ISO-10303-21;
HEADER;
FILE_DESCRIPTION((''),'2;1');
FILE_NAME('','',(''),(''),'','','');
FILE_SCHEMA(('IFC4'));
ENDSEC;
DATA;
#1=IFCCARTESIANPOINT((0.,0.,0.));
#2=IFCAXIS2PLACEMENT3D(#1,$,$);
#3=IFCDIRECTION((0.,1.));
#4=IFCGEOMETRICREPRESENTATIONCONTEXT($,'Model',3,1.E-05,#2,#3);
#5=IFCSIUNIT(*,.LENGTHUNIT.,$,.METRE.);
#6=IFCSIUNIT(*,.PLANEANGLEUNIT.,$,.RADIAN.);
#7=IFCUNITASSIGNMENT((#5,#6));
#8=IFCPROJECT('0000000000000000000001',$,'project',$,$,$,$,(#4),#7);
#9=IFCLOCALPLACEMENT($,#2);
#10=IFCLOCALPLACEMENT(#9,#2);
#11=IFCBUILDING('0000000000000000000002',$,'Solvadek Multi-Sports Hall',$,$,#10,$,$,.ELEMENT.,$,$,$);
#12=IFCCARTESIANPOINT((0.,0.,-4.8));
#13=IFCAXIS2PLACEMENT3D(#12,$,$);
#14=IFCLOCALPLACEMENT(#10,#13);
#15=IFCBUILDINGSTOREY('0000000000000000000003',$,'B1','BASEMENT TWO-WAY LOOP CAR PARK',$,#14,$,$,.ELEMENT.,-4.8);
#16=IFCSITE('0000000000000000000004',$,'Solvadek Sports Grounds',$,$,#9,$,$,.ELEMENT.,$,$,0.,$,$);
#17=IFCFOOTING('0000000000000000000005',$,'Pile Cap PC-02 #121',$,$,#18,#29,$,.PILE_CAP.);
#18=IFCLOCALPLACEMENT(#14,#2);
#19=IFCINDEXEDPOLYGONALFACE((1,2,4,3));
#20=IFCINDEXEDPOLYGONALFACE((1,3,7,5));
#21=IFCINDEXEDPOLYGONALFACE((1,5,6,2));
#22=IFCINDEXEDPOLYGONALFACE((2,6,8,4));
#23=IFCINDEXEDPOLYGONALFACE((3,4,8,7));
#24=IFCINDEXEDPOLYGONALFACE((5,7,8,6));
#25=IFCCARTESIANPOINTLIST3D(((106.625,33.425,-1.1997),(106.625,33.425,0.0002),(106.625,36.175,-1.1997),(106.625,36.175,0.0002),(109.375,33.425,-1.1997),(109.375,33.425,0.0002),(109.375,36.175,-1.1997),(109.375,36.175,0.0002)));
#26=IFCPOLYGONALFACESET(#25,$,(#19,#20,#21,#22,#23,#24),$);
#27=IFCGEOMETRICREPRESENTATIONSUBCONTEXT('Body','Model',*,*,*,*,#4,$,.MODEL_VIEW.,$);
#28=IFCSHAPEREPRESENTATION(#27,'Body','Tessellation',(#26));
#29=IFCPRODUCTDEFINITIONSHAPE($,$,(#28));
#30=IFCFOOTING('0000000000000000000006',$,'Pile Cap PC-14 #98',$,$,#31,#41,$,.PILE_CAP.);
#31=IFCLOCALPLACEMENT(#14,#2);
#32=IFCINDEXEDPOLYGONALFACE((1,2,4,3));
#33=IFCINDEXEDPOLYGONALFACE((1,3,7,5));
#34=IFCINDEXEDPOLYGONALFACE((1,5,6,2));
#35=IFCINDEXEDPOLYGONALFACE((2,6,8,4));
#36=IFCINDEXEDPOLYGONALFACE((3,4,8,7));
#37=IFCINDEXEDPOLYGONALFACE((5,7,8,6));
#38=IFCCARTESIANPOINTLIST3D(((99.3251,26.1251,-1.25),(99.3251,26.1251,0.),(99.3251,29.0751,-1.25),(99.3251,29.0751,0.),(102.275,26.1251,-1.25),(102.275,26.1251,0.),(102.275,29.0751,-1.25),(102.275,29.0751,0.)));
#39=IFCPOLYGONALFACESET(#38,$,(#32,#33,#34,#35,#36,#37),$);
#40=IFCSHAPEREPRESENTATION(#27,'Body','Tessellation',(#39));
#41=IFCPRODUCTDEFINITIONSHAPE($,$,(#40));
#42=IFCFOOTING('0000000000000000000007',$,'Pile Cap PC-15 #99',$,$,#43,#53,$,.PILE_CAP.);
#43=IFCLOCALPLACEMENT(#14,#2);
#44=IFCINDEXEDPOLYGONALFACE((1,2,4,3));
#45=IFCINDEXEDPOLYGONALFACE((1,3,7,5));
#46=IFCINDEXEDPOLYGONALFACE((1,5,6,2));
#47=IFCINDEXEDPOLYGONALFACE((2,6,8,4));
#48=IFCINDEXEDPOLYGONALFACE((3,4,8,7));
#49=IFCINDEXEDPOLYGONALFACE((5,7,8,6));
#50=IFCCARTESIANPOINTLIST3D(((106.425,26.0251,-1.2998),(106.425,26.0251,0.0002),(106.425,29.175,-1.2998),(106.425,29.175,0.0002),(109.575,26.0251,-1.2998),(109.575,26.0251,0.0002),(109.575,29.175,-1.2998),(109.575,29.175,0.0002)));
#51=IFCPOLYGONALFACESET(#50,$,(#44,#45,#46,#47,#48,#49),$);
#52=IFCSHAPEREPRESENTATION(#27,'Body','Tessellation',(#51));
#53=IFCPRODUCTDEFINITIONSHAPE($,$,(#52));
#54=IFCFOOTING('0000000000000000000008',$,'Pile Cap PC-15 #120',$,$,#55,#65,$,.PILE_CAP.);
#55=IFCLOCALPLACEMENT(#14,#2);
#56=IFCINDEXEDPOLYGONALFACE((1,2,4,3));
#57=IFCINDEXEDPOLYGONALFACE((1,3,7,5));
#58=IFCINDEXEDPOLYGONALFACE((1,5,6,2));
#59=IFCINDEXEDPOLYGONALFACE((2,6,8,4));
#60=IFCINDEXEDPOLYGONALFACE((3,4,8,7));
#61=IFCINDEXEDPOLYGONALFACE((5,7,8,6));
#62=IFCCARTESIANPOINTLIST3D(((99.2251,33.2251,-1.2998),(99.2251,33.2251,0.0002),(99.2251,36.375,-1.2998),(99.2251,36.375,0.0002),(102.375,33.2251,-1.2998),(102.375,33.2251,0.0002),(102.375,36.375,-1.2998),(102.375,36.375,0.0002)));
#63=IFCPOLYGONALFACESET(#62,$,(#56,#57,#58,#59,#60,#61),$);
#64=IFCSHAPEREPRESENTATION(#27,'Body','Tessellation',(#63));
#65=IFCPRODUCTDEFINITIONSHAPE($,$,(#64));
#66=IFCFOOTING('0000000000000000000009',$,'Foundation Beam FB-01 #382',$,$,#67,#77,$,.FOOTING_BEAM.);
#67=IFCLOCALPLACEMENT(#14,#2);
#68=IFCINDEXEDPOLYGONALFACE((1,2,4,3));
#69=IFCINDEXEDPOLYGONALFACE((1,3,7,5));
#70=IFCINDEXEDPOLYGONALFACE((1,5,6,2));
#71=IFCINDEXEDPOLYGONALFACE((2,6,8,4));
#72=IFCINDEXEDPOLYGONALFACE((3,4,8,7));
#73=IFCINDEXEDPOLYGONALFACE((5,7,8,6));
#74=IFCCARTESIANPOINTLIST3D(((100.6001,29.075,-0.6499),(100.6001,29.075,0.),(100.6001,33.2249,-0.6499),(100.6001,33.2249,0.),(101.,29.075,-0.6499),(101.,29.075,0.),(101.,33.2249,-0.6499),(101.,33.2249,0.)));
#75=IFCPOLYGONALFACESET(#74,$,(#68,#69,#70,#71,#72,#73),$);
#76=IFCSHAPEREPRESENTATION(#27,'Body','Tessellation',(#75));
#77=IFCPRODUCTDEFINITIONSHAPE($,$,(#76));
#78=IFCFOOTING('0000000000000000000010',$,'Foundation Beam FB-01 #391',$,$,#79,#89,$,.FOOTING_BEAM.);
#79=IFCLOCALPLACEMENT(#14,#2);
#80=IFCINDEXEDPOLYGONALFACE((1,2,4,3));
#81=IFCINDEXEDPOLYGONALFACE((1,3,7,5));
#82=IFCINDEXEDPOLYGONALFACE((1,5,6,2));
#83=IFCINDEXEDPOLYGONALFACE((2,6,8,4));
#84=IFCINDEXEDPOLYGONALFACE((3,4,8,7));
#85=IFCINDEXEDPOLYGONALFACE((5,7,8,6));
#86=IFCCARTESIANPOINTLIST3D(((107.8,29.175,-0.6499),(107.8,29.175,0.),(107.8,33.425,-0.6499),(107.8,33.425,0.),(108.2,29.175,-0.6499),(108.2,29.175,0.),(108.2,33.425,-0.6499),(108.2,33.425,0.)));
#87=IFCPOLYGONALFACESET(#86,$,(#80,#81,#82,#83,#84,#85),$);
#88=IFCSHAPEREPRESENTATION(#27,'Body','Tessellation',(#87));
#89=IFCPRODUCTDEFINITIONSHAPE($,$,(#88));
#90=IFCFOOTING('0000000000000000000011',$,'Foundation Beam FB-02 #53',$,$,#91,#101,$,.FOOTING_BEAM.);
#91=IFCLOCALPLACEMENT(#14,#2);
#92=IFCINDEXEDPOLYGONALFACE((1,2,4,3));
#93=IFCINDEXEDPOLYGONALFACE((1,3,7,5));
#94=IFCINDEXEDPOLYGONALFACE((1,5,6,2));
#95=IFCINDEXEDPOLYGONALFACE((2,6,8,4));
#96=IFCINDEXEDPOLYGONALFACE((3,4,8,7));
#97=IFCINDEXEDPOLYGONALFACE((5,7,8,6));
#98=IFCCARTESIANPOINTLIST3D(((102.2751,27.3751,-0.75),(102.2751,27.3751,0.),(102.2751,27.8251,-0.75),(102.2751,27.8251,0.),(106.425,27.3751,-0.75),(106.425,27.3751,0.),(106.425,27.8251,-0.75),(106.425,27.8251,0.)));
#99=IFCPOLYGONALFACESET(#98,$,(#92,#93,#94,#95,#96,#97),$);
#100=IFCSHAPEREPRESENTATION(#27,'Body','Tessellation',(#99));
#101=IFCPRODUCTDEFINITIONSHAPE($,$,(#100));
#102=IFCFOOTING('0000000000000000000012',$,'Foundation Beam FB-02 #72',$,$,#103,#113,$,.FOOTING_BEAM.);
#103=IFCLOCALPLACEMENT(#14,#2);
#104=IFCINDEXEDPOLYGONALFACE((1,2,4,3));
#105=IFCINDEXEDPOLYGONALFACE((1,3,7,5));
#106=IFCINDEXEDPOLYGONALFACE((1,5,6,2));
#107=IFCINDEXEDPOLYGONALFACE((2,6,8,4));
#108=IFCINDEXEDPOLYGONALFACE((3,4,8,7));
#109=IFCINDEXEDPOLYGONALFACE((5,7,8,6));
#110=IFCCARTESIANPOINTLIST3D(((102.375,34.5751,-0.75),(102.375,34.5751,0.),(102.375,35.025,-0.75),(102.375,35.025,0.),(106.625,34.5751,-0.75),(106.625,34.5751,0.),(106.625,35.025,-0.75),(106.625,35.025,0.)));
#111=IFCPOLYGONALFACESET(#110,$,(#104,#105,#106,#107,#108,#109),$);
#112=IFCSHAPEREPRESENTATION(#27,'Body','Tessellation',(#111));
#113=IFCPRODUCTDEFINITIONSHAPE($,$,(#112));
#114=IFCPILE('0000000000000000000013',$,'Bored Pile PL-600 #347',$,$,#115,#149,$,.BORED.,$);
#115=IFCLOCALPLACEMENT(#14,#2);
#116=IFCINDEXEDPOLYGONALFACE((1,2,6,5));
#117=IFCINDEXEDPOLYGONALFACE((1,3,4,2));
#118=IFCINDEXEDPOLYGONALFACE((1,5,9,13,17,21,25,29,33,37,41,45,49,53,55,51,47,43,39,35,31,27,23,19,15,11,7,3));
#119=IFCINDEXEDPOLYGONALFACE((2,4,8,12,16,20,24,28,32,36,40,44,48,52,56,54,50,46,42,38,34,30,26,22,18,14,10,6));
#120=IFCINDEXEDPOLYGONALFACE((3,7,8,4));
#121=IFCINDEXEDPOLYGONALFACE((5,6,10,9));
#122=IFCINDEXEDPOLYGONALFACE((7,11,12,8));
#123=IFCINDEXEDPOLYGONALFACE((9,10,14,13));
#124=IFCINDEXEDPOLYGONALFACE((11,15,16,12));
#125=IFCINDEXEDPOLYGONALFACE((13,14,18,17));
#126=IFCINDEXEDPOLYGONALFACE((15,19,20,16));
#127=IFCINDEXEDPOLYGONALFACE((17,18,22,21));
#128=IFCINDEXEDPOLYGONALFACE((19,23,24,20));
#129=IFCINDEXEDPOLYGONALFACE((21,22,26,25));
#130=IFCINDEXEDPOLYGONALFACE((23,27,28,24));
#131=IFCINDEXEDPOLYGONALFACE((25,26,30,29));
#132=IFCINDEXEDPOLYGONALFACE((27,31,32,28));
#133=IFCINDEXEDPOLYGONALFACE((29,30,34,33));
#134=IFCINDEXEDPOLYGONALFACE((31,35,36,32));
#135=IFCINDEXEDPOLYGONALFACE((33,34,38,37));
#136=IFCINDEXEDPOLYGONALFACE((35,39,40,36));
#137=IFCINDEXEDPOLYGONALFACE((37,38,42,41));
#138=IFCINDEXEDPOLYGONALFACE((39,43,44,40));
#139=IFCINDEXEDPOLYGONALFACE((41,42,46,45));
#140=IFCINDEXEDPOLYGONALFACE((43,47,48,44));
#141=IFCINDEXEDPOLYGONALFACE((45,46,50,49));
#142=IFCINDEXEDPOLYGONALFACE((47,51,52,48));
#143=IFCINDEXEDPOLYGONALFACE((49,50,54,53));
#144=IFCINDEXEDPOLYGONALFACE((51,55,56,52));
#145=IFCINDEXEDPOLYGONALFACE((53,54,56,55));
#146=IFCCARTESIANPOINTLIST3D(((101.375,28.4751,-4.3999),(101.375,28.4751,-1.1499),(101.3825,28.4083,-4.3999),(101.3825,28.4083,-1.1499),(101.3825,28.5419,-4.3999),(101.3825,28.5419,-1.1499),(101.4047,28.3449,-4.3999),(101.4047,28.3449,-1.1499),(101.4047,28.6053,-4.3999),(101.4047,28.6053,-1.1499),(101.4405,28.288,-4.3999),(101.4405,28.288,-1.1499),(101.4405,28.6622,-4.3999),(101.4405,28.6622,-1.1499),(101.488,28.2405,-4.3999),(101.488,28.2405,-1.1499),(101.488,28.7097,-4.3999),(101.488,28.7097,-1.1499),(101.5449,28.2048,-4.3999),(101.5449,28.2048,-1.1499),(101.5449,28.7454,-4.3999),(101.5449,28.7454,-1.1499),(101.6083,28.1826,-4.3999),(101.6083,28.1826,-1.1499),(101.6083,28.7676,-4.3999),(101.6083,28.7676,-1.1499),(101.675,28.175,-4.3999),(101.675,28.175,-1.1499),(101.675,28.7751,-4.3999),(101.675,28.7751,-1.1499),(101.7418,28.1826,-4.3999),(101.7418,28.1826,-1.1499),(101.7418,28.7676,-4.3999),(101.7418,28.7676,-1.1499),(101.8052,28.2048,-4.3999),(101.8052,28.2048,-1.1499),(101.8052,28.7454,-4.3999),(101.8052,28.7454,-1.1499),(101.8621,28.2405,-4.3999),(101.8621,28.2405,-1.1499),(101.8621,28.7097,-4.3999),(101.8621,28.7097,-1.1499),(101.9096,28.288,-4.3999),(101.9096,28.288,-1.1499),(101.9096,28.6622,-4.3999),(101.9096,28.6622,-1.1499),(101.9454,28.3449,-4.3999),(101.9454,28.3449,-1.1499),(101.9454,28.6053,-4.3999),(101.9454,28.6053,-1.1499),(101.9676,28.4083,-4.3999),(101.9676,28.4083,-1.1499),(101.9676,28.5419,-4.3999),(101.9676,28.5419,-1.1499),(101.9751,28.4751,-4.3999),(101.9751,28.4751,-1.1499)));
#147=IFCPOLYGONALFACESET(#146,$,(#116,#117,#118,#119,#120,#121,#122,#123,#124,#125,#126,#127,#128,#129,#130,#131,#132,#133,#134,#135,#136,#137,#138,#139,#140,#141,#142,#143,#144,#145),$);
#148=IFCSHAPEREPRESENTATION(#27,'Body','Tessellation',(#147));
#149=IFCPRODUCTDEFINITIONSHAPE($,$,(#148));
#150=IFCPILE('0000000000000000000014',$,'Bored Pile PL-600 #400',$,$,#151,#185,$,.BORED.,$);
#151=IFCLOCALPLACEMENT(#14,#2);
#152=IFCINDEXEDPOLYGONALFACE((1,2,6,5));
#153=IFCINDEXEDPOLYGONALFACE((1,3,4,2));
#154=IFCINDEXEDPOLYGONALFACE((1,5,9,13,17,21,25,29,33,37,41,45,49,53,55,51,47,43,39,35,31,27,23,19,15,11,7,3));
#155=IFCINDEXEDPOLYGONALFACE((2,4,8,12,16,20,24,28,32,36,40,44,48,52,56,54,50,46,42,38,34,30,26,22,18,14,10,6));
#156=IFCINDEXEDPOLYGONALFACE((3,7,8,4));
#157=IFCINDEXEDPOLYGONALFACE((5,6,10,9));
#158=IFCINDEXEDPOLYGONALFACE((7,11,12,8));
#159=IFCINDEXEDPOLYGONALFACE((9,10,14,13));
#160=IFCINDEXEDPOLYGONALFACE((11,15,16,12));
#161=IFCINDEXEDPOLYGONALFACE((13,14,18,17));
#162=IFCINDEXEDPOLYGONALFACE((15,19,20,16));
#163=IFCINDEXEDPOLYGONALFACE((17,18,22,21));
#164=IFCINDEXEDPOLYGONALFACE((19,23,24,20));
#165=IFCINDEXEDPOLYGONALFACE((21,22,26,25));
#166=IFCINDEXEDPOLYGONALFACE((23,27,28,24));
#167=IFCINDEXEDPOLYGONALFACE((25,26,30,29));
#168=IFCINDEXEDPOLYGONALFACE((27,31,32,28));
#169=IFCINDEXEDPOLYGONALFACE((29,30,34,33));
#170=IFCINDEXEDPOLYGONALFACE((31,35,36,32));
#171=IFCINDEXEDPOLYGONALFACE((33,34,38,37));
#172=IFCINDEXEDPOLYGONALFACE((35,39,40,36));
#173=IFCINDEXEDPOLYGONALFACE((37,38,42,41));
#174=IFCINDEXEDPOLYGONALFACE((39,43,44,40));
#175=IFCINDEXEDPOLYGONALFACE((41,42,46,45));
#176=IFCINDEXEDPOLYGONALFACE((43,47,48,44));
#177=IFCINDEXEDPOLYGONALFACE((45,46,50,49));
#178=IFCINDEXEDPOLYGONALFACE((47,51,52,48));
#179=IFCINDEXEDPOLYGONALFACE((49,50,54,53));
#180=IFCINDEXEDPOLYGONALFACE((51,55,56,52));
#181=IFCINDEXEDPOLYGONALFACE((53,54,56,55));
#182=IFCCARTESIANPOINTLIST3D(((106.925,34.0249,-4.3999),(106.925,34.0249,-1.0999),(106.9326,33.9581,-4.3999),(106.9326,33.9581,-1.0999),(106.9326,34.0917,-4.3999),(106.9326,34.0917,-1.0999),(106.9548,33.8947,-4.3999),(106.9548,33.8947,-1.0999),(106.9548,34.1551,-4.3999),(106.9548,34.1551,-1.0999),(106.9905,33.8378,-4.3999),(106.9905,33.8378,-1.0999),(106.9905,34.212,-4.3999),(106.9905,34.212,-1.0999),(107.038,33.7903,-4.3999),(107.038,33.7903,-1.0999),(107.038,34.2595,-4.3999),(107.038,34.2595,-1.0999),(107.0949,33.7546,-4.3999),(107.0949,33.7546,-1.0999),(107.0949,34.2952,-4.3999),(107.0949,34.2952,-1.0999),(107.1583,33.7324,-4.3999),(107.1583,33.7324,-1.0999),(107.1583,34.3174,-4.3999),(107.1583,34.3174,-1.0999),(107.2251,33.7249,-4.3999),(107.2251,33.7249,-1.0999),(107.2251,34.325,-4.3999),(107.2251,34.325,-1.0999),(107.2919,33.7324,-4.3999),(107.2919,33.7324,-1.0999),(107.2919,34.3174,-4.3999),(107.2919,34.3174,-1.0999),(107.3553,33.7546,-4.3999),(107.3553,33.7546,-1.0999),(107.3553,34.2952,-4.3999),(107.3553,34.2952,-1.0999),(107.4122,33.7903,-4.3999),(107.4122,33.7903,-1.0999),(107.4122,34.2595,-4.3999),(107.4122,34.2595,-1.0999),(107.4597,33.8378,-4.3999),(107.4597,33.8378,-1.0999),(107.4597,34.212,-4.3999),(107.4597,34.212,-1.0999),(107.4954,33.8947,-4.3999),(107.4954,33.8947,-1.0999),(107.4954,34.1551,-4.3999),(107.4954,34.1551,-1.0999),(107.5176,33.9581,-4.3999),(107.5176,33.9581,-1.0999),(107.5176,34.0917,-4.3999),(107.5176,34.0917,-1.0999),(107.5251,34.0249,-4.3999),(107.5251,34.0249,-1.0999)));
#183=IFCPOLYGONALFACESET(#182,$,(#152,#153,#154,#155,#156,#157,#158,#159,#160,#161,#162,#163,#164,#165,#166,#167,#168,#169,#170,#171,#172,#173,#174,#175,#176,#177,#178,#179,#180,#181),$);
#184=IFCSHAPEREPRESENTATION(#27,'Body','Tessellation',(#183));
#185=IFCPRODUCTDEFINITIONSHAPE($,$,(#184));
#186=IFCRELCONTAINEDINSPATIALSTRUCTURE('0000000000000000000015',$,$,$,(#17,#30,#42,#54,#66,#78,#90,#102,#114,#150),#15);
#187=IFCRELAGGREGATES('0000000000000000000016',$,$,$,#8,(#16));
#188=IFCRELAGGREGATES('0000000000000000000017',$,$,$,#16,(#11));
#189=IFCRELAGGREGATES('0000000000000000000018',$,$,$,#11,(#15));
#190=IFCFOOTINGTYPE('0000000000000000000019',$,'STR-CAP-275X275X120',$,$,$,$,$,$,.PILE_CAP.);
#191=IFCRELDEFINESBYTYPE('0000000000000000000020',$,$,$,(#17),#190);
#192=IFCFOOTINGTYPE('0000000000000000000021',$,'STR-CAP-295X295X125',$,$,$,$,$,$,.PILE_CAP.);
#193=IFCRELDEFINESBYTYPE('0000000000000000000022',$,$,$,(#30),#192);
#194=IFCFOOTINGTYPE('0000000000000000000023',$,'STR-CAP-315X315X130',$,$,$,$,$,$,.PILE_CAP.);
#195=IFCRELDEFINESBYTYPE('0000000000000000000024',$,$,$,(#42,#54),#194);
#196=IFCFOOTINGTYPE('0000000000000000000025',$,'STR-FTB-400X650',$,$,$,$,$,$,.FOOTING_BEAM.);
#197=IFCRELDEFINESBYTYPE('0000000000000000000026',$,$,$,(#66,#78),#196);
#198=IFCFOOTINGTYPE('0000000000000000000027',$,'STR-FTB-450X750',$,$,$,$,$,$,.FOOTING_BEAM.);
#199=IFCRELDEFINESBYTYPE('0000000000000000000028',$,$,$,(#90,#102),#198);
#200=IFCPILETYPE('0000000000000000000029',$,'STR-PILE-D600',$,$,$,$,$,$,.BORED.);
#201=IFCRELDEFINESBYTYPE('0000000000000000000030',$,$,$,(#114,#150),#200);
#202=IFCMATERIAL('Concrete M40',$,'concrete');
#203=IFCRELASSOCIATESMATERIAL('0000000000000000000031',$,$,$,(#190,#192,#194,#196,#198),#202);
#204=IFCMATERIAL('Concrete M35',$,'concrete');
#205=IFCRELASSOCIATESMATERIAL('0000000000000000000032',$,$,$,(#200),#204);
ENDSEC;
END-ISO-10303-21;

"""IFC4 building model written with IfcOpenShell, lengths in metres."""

from ifc_helpers import new_model, si_unit, direction, frame, origin, origin_2d, place, context, subcontext, project, spatial, rectangle, circle, extrude, material, material_profile, profile_set, type_object, element, save


model = new_model("IFC4")

# Units and contexts
model_context = context("Model", 3, precision=1e-05, world=origin(), true_north=direction((0.0, 1.0)))
body_context = subcontext(model_context, "Body", "Model", "MODEL_VIEW")
ifc_project = project(units=[si_unit("LENGTHUNIT", "METRE"), si_unit("PLANEANGLEUNIT", "RADIAN")], contexts=[model_context])

# Site, building, storey
site_placement = place(None, origin())
site = spatial("IfcSite", under=ifc_project, at=site_placement, Name="Solvadek Sports Grounds", CompositionType="ELEMENT", RefElevation=0.0)
building_placement = place(site_placement, origin())
building = spatial("IfcBuilding", under=site, at=building_placement, Name="Solvadek Multi-Sports Hall", CompositionType="ELEMENT")
storey_placement = place(building_placement, frame((0.0, 0.0, -4.8)))
storey = spatial("IfcBuildingStorey", under=building, at=storey_placement, Name="B1", Description="BASEMENT TWO-WAY LOOP CAR PARK", CompositionType="ELEMENT", Elevation=-4.8)

# Footings
ifc_material_1 = material(Name="Concrete M40", Category="concrete")
footing_type_1 = type_object("IfcFootingType", Name="STR-CAP-275X275X120", PredefinedType="PILE_CAP", material=ifc_material_1)
footing_1_placement = place(storey_placement, frame((108.0, 34.8, -1.1997), z_axis=(0.0, 0.0, 1.0), x_axis=(1.0, 0.0, 0.0)))
element("IfcFooting", 1, at=footing_1_placement, inside=storey, type_object=footing_type_1, Name="Pile Cap PC-02 #121", PredefinedType="PILE_CAP", context=body_context, shape_type="SweptSolid", body=[
    extrude(rectangle(XDim=2.75, YDim=2.75, at=origin_2d()), origin(), (0.0, 0.0, 1.0), 1.2),
])
footing_type_2 = type_object("IfcFootingType", Name="STR-CAP-295X295X125", PredefinedType="PILE_CAP", material=ifc_material_1)
footing_2_placement = place(storey_placement, frame((100.8, 27.6001, -1.25), z_axis=(0.0, 0.0, 1.0), x_axis=(1.0, 0.0, 0.0)))
element("IfcFooting", 2, at=footing_2_placement, inside=storey, type_object=footing_type_2, Name="Pile Cap PC-14 #98", PredefinedType="PILE_CAP", context=body_context, shape_type="SweptSolid", body=[
    extrude(rectangle(XDim=2.95, YDim=2.95, at=origin_2d()), origin(), (0.0, 0.0, 1.0), 1.25),
])
footing_type_3 = type_object("IfcFootingType", Name="STR-CAP-315X315X130", PredefinedType="PILE_CAP", material=ifc_material_1)
for number, where, z_axis, x_axis, name in (
    (3, (108.0, 27.6001, -1.2998), (0.0, 0.0, 1.0), (1.0, 0.0, 0.0), "Pile Cap PC-15 #99"),
    (4, (100.8, 34.8, -1.2998), (0.0, 0.0, 1.0), (1.0, 0.0, 0.0), "Pile Cap PC-15 #120"),
):
    element("IfcFooting", number, at=place(storey_placement, frame(where, z_axis=z_axis, x_axis=x_axis)), inside=storey, type_object=footing_type_3, Name=name, PredefinedType="PILE_CAP", context=body_context, shape_type="SweptSolid", body=[
        extrude(rectangle(XDim=3.1499, YDim=3.1499, at=origin_2d()), origin(), (0.0, 0.0, 1.0), 1.3),
    ])
footing_type_4 = type_object("IfcFootingType", Name="STR-FTB-400X650", PredefinedType="FOOTING_BEAM", material=ifc_material_1)
footing_3_placement = place(storey_placement, frame((100.8, 31.1499, -0.6499), z_axis=(0.0, 0.0, 1.0), x_axis=(0.0, 1.0, 0.0)))
element("IfcFooting", 5, at=footing_3_placement, inside=storey, type_object=footing_type_4, Name="Foundation Beam FB-01 #382", PredefinedType="FOOTING_BEAM", context=body_context, shape_type="SweptSolid", body=[
    extrude(rectangle(XDim=4.1499, YDim=0.3999, at=origin_2d()), origin(), (0.0, 0.0, 1.0), 0.6499),
])
footing_4_placement = place(storey_placement, frame((108.0, 31.3, -0.6499), z_axis=(0.0, 0.0, 1.0), x_axis=(0.0, 1.0, 0.0)))
element("IfcFooting", 6, at=footing_4_placement, inside=storey, type_object=footing_type_4, Name="Foundation Beam FB-01 #391", PredefinedType="FOOTING_BEAM", context=body_context, shape_type="SweptSolid", body=[
    extrude(rectangle(XDim=4.25, YDim=0.3999, at=origin_2d()), origin(), (0.0, 0.0, 1.0), 0.6499),
])
footing_type_5 = type_object("IfcFootingType", Name="STR-FTB-450X750", PredefinedType="FOOTING_BEAM", material=ifc_material_1)
footing_5_placement = place(storey_placement, frame((104.3501, 27.6001, -0.75), z_axis=(0.0, 0.0, 1.0), x_axis=(1.0, 0.0, 0.0)))
element("IfcFooting", 7, at=footing_5_placement, inside=storey, type_object=footing_type_5, Name="Foundation Beam FB-02 #53", PredefinedType="FOOTING_BEAM", context=body_context, shape_type="SweptSolid", body=[
    extrude(rectangle(XDim=4.1499, YDim=0.45, at=origin_2d()), origin(), (0.0, 0.0, 1.0), 0.75),
])
footing_6_placement = place(storey_placement, frame((104.5, 34.8, -0.75), z_axis=(0.0, 0.0, 1.0), x_axis=(1.0, 0.0, 0.0)))
element("IfcFooting", 8, at=footing_6_placement, inside=storey, type_object=footing_type_5, Name="Foundation Beam FB-02 #72", PredefinedType="FOOTING_BEAM", context=body_context, shape_type="SweptSolid", body=[
    extrude(rectangle(XDim=4.25, YDim=0.45, at=origin_2d()), origin(), (0.0, 0.0, 1.0), 0.75),
])

# Piles
ifc_material_2 = material(Name="Concrete M35", Category="concrete")
ifc_material_profile_1 = material_profile(ifc_material_2, circle(Radius=0.3, at=origin_2d()), Name="BORED PILE D600")
ifc_profile_set_1 = profile_set([ifc_material_profile_1], Name="Concrete M35")
pile_type_1 = type_object("IfcPileType", Name="STR-PILE-D600", PredefinedType="BORED", material=ifc_profile_set_1)
pile_1_placement = place(storey_placement, frame((101.675, 28.4751, -1.1499), z_axis=(0.0, 0.0, -1.0), x_axis=(1.0, 0.0, 0.0)))
element("IfcPile", 9, at=pile_1_placement, inside=storey, type_object=pile_type_1, Name="Bored Pile PL-600 #347", PredefinedType="BORED", context=body_context, shape_type="SweptSolid", body=[
    extrude(circle(Radius=0.3, at=origin_2d()), origin(), (0.0, 0.0, 1.0), 3.25),
])
pile_2_placement = place(storey_placement, frame((107.2251, 34.0249, -1.0999), z_axis=(0.0, 0.0, -1.0), x_axis=(1.0, 0.0, 0.0)))
element("IfcPile", 10, at=pile_2_placement, inside=storey, type_object=pile_type_1, Name="Bored Pile PL-600 #400", PredefinedType="BORED", context=body_context, shape_type="SweptSolid", body=[
    extrude(circle(Radius=0.3, at=origin_2d()), origin(), (0.0, 0.0, 1.0), 3.3),
])

save(model, "model.ifc")
